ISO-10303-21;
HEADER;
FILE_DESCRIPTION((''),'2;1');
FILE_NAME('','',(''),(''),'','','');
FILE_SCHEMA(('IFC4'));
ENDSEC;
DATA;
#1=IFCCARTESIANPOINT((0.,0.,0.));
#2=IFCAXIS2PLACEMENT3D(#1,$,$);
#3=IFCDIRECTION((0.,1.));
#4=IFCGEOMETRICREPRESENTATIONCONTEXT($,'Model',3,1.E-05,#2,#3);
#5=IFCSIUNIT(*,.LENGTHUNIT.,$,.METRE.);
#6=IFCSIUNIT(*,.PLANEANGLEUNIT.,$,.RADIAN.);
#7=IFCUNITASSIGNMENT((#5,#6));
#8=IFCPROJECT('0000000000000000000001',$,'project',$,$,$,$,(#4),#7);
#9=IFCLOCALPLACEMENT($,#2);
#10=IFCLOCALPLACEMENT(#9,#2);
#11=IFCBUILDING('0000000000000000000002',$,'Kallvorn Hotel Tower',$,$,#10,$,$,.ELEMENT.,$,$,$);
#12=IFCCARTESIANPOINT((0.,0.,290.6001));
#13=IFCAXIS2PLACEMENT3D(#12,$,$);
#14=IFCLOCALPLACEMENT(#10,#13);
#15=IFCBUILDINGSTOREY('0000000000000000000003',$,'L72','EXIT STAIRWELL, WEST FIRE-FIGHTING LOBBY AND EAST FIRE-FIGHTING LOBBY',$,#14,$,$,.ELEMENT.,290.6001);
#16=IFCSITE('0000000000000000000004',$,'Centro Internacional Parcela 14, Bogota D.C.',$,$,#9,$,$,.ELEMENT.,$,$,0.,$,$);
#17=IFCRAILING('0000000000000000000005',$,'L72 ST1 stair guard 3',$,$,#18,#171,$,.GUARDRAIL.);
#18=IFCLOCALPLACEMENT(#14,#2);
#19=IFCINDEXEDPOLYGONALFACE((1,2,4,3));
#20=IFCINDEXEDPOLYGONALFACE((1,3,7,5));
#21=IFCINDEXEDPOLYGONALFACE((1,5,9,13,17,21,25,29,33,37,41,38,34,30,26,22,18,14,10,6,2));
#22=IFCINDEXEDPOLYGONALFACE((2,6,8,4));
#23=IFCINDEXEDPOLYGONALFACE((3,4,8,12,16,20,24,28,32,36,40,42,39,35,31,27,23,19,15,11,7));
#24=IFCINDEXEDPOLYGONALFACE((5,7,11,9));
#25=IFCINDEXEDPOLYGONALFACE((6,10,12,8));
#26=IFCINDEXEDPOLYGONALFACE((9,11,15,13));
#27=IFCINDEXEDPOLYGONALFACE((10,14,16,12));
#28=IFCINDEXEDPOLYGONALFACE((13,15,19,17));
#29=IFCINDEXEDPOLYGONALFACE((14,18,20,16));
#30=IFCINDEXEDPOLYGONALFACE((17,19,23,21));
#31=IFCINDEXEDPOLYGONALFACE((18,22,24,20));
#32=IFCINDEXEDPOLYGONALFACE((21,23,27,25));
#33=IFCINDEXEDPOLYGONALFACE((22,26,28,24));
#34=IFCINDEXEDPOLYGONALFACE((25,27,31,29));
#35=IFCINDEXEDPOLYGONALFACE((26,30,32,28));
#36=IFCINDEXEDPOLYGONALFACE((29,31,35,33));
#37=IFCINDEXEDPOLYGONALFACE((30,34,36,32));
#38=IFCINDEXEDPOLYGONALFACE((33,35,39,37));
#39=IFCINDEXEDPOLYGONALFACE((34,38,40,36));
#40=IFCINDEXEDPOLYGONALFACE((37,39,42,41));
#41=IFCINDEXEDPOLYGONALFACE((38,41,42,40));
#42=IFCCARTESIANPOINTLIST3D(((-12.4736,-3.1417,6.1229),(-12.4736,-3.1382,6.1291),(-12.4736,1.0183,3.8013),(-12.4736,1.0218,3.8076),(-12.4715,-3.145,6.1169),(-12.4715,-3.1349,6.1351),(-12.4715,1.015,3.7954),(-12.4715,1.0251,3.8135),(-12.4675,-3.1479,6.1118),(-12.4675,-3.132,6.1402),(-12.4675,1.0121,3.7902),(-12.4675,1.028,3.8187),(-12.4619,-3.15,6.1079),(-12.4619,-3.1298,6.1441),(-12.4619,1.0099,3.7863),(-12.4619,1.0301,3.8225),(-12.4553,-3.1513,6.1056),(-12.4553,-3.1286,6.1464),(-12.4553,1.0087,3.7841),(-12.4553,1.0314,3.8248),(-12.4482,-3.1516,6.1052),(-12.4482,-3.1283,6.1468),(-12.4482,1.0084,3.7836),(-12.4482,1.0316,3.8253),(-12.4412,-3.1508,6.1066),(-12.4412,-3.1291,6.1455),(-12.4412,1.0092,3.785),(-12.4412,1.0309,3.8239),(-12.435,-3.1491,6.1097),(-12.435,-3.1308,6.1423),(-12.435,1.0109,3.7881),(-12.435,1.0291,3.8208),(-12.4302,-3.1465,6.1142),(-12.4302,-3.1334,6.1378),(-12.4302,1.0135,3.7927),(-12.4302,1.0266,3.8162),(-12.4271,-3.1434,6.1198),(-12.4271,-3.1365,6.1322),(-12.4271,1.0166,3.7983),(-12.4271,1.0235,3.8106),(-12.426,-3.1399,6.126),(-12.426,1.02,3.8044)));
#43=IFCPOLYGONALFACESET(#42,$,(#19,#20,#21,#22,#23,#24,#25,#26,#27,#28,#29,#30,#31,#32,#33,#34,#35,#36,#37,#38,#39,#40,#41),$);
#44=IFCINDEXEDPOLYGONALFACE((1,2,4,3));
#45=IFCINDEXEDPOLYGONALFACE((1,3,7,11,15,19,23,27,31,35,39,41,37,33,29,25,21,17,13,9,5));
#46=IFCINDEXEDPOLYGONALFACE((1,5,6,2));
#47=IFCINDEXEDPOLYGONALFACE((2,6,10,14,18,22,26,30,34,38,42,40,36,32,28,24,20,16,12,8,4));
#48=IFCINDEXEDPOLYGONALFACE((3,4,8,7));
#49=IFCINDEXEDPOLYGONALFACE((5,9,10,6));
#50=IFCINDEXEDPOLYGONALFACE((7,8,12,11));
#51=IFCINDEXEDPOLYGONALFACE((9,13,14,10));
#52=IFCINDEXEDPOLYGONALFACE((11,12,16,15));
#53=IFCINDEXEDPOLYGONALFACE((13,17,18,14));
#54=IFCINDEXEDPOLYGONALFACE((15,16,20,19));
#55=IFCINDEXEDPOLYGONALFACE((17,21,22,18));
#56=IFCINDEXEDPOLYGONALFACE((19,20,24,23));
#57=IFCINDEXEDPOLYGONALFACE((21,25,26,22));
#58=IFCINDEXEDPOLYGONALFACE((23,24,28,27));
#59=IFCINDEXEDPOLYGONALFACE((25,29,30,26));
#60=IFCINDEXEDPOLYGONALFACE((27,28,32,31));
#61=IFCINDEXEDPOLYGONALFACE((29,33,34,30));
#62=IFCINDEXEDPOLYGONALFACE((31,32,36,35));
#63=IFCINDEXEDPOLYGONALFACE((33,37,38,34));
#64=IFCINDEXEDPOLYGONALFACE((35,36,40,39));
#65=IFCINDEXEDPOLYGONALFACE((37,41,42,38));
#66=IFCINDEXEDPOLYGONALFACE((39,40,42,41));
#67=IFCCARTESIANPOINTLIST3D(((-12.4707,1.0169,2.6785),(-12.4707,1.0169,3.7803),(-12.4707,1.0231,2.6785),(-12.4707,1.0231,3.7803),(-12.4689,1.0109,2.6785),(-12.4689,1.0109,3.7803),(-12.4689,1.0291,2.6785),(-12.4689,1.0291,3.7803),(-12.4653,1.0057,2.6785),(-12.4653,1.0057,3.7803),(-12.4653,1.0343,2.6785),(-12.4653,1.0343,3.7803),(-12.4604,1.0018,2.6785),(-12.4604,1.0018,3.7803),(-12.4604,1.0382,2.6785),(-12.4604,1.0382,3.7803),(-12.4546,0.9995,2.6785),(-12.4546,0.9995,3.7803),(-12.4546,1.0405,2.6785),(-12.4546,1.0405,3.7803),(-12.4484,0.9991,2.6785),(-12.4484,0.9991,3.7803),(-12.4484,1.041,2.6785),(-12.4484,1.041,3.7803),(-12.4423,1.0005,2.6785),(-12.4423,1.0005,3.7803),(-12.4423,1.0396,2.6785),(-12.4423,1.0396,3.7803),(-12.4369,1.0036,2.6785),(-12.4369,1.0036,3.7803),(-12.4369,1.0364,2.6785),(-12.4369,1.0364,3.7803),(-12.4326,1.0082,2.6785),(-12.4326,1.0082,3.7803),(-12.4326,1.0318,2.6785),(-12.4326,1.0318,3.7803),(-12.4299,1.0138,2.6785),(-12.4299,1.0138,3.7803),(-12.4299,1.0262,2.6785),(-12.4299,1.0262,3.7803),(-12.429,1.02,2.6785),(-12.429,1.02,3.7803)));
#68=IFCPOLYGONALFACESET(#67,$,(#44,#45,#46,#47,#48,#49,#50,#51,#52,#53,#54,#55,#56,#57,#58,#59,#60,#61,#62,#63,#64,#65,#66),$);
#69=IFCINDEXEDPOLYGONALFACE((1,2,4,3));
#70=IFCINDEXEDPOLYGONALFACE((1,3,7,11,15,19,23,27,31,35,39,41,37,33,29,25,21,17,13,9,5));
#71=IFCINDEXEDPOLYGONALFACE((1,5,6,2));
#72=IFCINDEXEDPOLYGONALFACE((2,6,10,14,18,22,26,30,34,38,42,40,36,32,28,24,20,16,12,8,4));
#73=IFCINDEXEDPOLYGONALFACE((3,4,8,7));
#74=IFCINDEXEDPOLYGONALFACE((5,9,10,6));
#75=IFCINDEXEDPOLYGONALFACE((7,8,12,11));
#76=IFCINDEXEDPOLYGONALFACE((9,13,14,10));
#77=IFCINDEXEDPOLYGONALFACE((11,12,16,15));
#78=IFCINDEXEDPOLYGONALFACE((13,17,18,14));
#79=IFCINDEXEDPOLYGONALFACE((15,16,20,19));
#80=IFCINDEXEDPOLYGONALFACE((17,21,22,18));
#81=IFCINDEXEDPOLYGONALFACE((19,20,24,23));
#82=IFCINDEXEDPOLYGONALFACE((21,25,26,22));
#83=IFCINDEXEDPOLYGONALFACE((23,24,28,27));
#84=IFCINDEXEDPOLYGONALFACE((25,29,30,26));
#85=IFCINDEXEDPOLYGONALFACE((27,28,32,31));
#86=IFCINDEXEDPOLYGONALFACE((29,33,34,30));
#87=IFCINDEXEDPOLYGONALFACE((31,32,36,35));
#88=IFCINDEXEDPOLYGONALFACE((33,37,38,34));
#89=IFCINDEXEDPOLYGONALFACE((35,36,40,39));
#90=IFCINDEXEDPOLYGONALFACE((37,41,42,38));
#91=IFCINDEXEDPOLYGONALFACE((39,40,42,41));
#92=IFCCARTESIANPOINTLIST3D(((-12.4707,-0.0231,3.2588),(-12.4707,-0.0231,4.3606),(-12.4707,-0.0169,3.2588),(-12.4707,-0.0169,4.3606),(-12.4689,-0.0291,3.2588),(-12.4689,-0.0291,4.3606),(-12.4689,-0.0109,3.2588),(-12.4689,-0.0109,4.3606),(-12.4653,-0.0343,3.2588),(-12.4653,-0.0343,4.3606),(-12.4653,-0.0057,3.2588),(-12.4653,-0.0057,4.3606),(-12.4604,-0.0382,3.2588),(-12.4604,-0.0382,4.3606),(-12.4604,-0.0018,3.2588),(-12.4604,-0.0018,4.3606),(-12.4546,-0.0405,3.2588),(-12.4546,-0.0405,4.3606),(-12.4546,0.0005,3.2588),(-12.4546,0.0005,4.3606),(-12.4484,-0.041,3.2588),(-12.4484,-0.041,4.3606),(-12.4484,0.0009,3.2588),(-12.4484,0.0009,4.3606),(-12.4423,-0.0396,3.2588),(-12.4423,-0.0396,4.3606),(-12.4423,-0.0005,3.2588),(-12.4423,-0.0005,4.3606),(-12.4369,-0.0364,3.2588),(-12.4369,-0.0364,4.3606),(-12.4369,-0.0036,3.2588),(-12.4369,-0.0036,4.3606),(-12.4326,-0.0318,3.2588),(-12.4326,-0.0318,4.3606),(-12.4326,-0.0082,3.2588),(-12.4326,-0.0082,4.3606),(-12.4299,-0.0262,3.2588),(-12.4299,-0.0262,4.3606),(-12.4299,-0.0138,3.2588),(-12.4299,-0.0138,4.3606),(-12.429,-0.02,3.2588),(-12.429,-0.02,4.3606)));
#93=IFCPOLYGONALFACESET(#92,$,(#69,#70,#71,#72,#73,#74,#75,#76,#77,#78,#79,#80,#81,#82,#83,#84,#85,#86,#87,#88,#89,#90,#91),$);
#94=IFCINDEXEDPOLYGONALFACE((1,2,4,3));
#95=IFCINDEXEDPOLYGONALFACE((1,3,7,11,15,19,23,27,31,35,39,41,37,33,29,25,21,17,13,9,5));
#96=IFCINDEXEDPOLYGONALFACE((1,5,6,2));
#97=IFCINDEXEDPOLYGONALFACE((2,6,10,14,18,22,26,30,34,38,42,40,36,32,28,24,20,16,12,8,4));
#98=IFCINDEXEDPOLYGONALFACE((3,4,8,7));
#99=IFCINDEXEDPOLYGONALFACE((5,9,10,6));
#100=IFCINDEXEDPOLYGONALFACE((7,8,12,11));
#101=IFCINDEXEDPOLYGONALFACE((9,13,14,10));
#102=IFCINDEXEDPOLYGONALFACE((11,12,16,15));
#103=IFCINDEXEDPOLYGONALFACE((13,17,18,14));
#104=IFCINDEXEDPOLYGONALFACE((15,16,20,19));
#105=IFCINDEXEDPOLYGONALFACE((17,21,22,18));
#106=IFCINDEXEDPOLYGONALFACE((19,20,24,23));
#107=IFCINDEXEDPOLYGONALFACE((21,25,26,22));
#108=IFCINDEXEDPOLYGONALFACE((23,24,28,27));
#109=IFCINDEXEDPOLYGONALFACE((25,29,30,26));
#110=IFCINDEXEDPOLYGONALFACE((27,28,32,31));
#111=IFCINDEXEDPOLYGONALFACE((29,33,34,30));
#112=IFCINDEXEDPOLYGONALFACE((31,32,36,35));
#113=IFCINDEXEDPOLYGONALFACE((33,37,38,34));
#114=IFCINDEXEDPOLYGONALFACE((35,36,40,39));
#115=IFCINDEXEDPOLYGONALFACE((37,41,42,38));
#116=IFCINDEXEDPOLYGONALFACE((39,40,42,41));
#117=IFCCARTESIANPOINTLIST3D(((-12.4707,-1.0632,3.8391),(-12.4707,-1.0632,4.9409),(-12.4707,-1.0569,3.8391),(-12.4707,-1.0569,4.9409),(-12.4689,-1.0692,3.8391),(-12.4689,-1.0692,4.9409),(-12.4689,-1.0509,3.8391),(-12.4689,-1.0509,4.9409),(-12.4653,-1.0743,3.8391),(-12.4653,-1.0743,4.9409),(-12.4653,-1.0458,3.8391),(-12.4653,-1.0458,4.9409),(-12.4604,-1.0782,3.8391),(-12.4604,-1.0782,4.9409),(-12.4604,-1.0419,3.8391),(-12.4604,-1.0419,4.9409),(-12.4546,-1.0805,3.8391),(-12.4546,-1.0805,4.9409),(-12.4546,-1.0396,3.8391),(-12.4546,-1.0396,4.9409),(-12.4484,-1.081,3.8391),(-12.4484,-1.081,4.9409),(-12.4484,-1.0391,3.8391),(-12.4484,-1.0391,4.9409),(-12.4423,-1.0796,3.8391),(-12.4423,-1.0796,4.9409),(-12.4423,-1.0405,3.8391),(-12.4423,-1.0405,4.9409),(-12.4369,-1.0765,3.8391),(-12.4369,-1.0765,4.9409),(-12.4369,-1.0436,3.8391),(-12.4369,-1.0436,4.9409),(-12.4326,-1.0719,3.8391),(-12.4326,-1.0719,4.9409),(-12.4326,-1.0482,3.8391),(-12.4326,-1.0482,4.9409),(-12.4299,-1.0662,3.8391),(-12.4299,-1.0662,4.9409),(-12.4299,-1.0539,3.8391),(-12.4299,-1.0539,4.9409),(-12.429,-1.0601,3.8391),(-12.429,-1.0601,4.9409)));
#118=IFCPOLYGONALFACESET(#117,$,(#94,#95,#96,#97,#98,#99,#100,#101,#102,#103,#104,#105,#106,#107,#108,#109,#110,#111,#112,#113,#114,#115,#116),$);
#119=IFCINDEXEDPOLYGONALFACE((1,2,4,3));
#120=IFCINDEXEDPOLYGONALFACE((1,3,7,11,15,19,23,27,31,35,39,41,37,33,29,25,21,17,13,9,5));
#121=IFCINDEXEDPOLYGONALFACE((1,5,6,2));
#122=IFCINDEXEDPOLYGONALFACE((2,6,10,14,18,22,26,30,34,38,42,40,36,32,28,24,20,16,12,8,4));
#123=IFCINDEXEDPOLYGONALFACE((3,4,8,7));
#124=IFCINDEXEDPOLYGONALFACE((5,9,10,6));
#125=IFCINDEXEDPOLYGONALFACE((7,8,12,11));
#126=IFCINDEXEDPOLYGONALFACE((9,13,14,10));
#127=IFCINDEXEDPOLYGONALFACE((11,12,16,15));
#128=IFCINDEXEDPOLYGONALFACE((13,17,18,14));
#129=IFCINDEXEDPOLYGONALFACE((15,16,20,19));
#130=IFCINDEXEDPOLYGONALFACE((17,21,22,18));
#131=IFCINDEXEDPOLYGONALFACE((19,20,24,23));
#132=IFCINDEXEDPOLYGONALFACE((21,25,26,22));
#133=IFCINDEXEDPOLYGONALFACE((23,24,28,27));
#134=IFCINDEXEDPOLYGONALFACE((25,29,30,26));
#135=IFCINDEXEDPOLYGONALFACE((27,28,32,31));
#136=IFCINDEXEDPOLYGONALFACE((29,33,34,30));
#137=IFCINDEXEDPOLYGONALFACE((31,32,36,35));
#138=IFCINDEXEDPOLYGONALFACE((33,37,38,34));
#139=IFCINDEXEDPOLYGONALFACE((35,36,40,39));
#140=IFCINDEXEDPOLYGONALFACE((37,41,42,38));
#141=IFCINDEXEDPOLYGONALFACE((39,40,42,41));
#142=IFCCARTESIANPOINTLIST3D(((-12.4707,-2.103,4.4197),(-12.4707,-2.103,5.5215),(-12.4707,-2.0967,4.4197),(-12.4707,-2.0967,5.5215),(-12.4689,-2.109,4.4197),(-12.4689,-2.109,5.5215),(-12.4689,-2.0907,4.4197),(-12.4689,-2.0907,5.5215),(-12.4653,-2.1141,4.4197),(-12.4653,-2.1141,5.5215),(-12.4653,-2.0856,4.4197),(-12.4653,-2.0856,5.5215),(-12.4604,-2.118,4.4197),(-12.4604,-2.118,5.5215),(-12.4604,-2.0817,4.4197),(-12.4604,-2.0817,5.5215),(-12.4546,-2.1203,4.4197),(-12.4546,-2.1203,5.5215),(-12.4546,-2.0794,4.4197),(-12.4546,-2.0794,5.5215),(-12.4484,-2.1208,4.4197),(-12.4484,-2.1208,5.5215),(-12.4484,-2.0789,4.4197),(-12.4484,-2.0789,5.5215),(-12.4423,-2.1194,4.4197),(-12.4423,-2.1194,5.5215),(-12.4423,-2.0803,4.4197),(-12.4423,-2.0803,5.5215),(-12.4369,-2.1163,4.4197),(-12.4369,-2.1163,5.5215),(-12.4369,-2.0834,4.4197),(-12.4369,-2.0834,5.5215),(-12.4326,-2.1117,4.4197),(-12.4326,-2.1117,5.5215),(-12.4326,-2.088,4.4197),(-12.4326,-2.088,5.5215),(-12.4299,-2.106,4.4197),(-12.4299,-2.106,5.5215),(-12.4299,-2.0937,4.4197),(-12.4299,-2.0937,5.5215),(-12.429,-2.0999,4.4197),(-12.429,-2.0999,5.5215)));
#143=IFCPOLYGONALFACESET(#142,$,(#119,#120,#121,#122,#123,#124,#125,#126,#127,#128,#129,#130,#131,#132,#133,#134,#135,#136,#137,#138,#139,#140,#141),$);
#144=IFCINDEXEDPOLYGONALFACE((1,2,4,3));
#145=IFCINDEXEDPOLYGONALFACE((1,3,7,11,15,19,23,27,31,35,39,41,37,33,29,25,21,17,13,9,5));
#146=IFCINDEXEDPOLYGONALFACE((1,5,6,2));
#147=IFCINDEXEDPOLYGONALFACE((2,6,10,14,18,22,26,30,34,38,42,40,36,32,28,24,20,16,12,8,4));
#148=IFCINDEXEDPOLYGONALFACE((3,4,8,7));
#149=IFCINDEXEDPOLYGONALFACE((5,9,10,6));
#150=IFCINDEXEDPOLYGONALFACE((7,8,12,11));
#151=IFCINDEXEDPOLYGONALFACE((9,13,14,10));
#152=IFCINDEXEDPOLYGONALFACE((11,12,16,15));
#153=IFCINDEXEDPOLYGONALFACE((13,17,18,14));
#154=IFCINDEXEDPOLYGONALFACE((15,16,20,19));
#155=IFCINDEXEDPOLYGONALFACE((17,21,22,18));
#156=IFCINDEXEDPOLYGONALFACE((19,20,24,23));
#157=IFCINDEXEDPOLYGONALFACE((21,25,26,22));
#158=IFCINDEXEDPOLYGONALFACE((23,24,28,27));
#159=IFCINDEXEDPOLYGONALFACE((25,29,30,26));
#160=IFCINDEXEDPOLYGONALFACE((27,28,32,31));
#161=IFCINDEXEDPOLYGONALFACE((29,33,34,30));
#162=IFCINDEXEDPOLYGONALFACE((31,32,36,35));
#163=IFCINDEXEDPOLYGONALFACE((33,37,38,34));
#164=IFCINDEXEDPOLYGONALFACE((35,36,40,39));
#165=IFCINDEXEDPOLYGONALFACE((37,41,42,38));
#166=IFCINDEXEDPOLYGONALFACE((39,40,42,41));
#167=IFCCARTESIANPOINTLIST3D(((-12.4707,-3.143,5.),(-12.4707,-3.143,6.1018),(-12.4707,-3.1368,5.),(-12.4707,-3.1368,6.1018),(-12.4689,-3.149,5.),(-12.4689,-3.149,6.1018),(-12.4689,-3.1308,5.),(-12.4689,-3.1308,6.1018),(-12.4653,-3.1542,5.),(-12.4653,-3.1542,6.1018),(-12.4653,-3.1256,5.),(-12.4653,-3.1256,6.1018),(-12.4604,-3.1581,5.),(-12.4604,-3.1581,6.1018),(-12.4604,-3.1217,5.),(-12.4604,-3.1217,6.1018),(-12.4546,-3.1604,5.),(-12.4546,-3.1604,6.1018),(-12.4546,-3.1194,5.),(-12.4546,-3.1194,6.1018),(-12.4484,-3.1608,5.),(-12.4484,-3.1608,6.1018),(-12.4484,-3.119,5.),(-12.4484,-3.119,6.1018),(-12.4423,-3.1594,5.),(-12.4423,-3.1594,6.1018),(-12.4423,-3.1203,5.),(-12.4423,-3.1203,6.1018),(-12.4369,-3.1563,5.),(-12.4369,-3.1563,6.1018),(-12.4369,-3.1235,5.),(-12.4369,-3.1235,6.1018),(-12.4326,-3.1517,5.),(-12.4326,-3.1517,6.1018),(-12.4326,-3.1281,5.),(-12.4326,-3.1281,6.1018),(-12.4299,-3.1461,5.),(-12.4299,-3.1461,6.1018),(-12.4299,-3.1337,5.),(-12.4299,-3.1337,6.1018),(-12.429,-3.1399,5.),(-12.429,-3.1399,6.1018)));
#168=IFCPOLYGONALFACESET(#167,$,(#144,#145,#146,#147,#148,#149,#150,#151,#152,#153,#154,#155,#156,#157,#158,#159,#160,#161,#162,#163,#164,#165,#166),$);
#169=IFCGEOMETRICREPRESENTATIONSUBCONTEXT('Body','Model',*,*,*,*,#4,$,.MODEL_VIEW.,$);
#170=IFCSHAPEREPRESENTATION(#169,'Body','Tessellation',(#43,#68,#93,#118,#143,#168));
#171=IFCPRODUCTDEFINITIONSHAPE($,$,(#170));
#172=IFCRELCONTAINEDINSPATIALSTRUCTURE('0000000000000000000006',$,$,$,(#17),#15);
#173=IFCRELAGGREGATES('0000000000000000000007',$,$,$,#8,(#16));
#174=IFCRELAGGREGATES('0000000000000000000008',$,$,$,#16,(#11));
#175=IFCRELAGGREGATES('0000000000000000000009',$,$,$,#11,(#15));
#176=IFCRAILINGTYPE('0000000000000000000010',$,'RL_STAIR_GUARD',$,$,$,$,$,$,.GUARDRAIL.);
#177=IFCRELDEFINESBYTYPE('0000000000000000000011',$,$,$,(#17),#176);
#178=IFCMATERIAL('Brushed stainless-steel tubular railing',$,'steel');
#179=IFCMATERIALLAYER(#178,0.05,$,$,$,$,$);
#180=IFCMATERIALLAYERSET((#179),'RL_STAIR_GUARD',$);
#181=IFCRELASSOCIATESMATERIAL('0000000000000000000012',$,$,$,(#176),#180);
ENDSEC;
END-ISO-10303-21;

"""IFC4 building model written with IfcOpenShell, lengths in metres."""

from ifc_helpers import new_model, si_unit, direction, frame, origin, origin_2d, place, context, subcontext, project, spatial, circle, extrude, material, layer, layer_set, type_object, element, save


model = new_model("IFC4")

# Units and contexts
model_context = context("Model", 3, precision=1e-05, world=origin(), true_north=direction((0.0, 1.0)))
body_context = subcontext(model_context, "Body", "Model", "MODEL_VIEW")
ifc_project = project(units=[si_unit("LENGTHUNIT", "METRE"), si_unit("PLANEANGLEUNIT", "RADIAN")], contexts=[model_context])

# Site, building, storey
site_placement = place(None, origin())
site = spatial("IfcSite", under=ifc_project, at=site_placement, Name="Centro Internacional Parcela 14, Bogota D.C.", CompositionType="ELEMENT", RefElevation=0.0)
building_placement = place(site_placement, origin())
building = spatial("IfcBuilding", under=site, at=building_placement, Name="Kallvorn Hotel Tower", CompositionType="ELEMENT")
storey_placement = place(building_placement, frame((0.0, 0.0, 290.6001)))
storey = spatial("IfcBuildingStorey", under=building, at=storey_placement, Name="L72", Description="EXIT STAIRWELL, WEST FIRE-FIGHTING LOBBY AND EAST FIRE-FIGHTING LOBBY", CompositionType="ELEMENT", Elevation=290.6001)

# Railing
ifc_material_1 = material(Name="Brushed stainless-steel tubular railing", Category="steel")
ifc_layer_1 = layer(ifc_material_1, 0.05)
ifc_layer_set_1 = layer_set([ifc_layer_1], Name="RL_STAIR_GUARD")
railing_type_1 = type_object("IfcRailingType", Name="RL_STAIR_GUARD", PredefinedType="GUARDRAIL", material=ifc_layer_set_1)
railing_1_placement = place(storey_placement, frame((-12.45, 1.02, 2.6785)))
element("IfcRailing", 1, at=railing_1_placement, inside=storey, type_object=railing_type_1, Name="L72 ST1 stair guard 3", PredefinedType="GUARDRAIL", context=body_context, shape_type="SweptSolid", body=[
    extrude(circle(Radius=0.0239, at=origin_2d()), frame((0.0, 0.0, 1.126), z_axis=(0.0, -0.873223, 0.487322), x_axis=(1.0, 0.0, 0.0)), (0.0, 0.0, 1.0), 4.7639),
    extrude(circle(Radius=0.021, at=origin_2d()), origin(), (0.0, 0.0, 1.0), 1.1018),
    extrude(circle(Radius=0.021, at=origin_2d()), frame((0.0, -1.04, 0.5803)), (0.0, 0.0, 1.0), 1.1018),
    extrude(circle(Radius=0.021, at=origin_2d()), frame((0.0, -2.0801, 1.1606)), (0.0, 0.0, 1.0), 1.1018),
    extrude(circle(Radius=0.021, at=origin_2d()), frame((0.0, -3.1199, 1.7412)), (0.0, 0.0, 1.0), 1.1018),
    extrude(circle(Radius=0.021, at=origin_2d()), frame((0.0, -4.1599, 2.3215)), (0.0, 0.0, 1.0), 1.1018),
])

save(model, "model.ifc")
